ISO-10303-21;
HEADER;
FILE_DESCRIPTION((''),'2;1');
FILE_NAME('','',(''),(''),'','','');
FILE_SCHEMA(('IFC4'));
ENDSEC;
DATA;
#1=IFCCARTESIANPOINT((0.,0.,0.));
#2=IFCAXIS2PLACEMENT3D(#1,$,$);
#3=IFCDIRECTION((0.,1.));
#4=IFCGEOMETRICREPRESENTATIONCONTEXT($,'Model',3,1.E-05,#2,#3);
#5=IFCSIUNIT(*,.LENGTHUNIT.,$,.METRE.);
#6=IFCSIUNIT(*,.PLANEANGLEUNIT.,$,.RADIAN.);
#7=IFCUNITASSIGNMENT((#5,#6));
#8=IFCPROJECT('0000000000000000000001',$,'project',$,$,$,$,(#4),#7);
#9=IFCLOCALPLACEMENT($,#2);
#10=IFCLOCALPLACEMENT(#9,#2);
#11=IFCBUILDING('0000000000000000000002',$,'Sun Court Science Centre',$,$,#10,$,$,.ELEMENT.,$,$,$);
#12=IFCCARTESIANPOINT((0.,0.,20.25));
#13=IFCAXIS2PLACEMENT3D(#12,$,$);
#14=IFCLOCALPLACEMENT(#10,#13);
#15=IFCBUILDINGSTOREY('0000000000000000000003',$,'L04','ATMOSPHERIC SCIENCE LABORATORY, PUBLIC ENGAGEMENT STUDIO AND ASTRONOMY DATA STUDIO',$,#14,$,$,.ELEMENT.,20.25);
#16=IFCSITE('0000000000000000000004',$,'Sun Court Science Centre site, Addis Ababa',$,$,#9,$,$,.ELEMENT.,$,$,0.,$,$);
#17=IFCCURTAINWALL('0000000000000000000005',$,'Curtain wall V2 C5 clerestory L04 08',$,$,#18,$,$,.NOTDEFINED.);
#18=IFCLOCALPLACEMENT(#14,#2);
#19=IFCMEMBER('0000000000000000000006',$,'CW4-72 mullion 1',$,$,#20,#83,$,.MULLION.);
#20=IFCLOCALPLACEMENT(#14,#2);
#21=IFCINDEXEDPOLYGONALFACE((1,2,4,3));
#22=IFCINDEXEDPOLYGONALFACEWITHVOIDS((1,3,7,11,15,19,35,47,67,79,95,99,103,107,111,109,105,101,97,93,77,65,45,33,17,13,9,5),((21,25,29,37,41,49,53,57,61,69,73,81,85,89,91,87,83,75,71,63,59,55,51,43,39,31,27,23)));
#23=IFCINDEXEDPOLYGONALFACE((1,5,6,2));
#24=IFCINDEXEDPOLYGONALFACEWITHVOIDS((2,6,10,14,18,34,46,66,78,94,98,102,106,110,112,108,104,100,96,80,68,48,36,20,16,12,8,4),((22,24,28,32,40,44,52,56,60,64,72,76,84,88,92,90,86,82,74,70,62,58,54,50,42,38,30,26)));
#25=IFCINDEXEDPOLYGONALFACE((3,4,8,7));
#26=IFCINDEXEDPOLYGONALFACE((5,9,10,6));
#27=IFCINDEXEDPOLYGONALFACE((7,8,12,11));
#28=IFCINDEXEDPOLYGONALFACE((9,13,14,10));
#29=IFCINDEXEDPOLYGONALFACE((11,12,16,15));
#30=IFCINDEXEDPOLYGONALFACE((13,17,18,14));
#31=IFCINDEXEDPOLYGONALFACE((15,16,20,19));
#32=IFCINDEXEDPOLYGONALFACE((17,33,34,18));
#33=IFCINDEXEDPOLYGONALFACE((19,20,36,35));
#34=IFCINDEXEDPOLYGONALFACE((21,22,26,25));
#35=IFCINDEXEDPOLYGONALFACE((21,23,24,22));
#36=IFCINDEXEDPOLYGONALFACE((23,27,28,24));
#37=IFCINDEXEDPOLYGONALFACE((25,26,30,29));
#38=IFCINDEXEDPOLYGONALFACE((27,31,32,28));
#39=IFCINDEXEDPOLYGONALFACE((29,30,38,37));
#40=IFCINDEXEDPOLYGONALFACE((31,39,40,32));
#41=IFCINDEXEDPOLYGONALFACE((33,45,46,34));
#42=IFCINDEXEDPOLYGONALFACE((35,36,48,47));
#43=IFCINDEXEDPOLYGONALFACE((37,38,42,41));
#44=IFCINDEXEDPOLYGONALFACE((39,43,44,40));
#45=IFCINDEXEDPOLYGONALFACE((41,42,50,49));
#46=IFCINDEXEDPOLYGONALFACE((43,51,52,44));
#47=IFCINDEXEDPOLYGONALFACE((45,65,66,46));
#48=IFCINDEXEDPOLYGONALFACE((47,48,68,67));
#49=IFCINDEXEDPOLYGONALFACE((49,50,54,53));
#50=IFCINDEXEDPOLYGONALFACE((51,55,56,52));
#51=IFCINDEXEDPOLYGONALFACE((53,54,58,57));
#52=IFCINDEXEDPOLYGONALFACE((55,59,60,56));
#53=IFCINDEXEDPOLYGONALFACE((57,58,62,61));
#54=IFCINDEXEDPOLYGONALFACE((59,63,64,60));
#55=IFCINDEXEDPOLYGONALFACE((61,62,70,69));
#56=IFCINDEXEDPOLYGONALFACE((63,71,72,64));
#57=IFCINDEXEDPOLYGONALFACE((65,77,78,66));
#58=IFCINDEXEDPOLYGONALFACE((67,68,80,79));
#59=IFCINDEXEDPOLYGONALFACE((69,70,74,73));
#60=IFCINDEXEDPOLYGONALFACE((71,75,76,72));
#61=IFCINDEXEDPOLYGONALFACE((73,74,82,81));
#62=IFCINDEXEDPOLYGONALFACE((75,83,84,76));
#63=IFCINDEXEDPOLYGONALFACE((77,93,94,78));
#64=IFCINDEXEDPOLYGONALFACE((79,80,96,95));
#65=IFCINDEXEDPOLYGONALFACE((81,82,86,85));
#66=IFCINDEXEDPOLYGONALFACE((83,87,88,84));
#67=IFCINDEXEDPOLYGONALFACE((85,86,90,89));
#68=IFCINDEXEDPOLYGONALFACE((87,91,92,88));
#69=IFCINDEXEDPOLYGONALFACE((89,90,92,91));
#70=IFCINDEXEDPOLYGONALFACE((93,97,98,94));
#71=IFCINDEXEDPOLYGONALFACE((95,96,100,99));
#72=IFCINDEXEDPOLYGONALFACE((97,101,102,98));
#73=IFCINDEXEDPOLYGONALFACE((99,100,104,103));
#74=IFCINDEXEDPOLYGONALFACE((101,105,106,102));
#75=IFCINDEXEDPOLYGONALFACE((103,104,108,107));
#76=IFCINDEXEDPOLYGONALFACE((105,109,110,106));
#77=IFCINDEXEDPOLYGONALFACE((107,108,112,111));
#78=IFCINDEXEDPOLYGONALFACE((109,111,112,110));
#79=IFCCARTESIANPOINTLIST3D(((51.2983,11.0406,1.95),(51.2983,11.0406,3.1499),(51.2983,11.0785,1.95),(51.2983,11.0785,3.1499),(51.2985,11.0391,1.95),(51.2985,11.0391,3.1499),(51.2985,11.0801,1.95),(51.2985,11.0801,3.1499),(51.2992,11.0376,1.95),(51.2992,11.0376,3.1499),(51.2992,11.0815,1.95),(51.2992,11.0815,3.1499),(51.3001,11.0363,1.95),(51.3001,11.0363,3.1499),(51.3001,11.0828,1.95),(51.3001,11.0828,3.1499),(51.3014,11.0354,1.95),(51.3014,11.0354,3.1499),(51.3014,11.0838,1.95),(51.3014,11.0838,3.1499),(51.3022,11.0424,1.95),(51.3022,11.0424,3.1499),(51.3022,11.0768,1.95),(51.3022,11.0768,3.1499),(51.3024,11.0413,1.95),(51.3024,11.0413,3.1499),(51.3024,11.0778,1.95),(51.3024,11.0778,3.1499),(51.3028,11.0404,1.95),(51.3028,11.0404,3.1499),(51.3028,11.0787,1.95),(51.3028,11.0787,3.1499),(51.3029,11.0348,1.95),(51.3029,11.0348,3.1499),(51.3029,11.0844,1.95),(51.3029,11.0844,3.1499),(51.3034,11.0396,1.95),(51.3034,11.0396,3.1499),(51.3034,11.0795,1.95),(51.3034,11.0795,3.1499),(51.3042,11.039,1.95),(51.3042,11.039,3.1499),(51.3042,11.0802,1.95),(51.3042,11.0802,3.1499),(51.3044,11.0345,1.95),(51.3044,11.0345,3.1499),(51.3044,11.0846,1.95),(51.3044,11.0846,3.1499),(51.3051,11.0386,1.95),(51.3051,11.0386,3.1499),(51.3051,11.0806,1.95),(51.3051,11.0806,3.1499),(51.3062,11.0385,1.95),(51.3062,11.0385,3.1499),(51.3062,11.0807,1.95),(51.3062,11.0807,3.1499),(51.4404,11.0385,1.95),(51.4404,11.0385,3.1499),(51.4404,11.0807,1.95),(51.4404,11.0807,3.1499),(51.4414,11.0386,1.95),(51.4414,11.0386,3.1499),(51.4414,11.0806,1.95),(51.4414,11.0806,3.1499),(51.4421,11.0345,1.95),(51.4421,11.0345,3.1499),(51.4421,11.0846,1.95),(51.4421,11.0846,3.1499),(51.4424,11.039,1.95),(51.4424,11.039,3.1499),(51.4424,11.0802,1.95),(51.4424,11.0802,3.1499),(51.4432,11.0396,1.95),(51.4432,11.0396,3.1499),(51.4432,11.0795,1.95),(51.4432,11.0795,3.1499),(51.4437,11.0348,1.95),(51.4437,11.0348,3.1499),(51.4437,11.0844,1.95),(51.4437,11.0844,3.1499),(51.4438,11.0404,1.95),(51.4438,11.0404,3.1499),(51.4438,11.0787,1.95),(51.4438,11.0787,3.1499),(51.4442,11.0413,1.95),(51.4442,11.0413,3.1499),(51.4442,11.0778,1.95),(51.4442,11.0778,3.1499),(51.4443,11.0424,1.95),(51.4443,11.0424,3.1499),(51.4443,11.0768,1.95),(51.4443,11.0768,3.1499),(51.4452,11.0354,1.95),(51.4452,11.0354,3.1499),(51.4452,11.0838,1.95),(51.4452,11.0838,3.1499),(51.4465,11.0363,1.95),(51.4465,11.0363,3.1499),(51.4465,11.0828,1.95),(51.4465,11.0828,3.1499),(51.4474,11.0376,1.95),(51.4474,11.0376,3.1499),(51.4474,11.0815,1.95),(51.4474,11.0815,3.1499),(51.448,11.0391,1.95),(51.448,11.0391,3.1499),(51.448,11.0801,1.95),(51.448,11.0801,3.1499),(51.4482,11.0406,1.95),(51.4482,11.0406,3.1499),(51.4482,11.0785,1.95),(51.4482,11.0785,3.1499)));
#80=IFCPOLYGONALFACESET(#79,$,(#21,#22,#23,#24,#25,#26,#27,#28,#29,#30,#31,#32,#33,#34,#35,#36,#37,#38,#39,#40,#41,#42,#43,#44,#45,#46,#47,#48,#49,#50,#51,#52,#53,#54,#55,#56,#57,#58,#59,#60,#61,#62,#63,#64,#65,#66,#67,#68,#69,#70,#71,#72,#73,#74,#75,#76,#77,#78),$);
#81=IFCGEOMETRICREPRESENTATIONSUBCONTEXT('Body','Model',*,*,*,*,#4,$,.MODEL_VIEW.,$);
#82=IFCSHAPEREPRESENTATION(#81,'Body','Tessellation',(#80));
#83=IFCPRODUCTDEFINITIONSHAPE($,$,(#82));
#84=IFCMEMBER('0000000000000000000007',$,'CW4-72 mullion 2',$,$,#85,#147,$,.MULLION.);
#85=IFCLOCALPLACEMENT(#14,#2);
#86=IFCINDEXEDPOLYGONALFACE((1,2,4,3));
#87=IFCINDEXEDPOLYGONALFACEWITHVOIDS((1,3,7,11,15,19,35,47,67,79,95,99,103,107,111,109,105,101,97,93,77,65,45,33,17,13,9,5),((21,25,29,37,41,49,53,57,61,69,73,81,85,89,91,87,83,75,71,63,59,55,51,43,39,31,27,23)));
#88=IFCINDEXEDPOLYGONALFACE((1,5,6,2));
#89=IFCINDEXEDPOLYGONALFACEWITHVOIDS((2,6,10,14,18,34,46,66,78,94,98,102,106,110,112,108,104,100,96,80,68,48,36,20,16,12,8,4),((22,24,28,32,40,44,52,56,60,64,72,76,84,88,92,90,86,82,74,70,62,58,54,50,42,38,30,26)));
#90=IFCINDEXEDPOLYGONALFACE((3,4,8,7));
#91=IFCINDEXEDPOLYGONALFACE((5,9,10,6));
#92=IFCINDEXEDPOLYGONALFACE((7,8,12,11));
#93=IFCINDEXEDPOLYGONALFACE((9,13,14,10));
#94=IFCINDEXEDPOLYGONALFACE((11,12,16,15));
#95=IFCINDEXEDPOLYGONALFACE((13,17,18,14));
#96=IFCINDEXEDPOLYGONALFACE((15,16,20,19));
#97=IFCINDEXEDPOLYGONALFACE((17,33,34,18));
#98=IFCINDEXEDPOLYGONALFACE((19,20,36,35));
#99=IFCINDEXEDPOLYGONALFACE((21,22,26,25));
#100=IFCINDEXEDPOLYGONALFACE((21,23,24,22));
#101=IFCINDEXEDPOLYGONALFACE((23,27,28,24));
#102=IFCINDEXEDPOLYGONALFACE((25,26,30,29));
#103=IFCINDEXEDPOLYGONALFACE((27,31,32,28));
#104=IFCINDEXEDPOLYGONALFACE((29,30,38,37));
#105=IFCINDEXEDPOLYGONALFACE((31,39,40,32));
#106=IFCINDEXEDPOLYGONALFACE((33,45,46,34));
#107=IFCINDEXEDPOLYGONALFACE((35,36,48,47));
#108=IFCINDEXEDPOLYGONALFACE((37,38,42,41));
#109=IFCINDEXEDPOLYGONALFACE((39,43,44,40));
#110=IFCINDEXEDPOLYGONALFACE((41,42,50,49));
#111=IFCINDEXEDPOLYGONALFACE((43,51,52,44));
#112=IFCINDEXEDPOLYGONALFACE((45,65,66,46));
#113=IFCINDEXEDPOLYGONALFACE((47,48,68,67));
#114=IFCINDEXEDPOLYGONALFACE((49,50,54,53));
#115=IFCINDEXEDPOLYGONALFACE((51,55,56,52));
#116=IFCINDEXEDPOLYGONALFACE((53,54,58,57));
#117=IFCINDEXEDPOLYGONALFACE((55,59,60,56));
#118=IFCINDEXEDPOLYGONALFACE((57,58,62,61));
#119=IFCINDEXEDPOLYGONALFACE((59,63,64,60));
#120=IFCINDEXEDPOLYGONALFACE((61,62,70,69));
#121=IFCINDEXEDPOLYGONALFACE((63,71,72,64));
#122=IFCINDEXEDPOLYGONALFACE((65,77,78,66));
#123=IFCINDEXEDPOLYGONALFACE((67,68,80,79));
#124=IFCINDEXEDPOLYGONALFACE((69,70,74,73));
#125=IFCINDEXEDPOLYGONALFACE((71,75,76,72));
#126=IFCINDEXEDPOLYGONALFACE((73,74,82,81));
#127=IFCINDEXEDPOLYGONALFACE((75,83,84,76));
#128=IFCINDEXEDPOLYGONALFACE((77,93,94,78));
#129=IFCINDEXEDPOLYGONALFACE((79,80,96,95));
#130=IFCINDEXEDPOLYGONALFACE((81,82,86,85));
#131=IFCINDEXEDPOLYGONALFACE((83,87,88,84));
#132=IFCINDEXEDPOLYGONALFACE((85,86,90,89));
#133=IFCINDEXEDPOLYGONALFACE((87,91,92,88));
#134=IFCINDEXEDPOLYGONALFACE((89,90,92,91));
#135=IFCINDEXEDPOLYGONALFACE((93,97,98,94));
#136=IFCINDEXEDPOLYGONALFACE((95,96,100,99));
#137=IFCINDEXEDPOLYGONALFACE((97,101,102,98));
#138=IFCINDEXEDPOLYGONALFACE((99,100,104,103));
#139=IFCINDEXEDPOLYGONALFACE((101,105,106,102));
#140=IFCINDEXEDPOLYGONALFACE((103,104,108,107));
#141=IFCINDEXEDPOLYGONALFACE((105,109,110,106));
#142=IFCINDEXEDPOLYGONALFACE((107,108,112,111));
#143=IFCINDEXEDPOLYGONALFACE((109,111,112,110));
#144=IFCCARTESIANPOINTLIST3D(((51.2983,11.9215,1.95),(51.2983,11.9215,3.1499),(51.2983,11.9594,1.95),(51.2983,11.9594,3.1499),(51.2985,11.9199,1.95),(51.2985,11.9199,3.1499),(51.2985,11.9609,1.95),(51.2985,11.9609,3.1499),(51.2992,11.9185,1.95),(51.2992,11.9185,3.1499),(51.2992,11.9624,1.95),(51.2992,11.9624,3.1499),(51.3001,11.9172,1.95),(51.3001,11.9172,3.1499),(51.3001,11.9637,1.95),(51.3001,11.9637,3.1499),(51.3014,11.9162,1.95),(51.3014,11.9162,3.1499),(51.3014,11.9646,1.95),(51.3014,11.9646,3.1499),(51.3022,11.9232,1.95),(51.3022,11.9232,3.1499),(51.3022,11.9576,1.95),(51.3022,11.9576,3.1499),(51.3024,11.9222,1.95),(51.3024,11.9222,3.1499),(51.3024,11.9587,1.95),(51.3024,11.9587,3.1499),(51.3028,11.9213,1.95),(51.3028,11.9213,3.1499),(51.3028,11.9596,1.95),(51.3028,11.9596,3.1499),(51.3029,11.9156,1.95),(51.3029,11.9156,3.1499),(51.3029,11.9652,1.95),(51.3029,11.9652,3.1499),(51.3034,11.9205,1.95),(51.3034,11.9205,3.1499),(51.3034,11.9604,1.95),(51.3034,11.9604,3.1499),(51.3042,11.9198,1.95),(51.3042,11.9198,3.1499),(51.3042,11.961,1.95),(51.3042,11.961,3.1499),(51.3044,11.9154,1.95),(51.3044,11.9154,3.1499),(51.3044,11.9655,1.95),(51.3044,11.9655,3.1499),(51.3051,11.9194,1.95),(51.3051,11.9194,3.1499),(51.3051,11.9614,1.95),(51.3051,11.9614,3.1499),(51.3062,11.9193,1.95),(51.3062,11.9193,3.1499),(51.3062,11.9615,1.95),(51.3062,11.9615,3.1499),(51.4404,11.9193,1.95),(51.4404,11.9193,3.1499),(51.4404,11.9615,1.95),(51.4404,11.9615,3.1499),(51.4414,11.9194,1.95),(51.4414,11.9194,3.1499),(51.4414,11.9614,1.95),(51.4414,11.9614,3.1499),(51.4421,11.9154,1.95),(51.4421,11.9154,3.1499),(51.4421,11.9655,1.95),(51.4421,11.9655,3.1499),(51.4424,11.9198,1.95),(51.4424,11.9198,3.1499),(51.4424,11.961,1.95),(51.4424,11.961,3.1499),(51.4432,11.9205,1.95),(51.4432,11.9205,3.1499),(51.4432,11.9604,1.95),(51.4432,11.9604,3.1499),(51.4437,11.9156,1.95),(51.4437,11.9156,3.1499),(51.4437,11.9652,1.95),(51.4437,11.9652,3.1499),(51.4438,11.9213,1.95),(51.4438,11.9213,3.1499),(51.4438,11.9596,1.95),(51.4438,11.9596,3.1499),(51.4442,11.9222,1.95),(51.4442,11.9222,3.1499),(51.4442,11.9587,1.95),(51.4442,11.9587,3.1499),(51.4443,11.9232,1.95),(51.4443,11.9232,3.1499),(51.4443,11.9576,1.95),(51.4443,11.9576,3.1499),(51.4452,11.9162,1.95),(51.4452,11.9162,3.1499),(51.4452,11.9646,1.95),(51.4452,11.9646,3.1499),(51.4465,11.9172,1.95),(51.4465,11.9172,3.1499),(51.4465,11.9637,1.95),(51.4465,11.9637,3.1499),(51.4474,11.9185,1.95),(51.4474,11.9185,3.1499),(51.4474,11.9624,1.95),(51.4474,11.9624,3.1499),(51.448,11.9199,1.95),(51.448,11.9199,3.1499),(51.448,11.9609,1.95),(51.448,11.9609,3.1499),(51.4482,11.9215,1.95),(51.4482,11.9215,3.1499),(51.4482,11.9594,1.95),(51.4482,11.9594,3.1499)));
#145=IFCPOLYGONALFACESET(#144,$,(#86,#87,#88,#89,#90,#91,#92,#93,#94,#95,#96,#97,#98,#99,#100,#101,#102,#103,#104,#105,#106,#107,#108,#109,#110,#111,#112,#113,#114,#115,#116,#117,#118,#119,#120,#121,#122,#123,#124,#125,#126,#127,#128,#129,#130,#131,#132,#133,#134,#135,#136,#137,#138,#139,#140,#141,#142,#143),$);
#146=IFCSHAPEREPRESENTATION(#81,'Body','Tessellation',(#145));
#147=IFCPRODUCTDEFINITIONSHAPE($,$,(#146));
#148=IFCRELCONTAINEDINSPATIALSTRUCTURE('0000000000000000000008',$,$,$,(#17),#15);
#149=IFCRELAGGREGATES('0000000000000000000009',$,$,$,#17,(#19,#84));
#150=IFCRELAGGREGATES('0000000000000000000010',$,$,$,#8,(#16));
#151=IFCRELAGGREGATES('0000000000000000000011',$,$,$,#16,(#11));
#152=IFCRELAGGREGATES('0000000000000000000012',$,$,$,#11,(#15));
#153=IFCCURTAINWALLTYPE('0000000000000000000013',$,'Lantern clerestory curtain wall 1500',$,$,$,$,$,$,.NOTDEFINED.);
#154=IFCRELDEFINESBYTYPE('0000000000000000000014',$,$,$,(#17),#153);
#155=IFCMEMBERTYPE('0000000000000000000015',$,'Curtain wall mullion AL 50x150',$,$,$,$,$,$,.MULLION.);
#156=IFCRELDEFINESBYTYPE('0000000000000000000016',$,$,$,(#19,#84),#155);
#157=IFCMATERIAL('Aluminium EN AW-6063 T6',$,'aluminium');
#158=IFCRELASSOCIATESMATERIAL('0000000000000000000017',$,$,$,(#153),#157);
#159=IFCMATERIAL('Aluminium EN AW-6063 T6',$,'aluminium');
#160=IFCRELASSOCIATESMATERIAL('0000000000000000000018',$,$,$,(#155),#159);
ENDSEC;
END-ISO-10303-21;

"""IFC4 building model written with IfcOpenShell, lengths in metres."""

from ifc_helpers import new_model, si_unit, direction, frame, origin, origin_2d, place, context, subcontext, project, spatial, hollow_rectangle, extrude, material, material_profile, profile_set, type_object, element, aggregate, save


model = new_model("IFC4")

# Units and contexts
model_context = context("Model", 3, precision=1e-05, world=origin(), true_north=direction((0.0, 1.0)))
body_context = subcontext(model_context, "Body", "Model", "MODEL_VIEW")
ifc_project = project(units=[si_unit("LENGTHUNIT", "METRE"), si_unit("PLANEANGLEUNIT", "RADIAN")], contexts=[model_context])

# Site, building, storey
site_placement = place(None, origin())
site = spatial("IfcSite", under=ifc_project, at=site_placement, Name="Sun Court Science Centre site, Addis Ababa", CompositionType="ELEMENT", RefElevation=0.0)
building_placement = place(site_placement, origin())
building = spatial("IfcBuilding", under=site, at=building_placement, Name="Sun Court Science Centre", CompositionType="ELEMENT")
storey_placement = place(building_placement, frame((0.0, 0.0, 20.25)))
storey = spatial("IfcBuildingStorey", under=building, at=storey_placement, Name="L04", Description="ATMOSPHERIC SCIENCE LABORATORY, PUBLIC ENGAGEMENT STUDIO AND ASTRONOMY DATA STUDIO", CompositionType="ELEMENT", Elevation=20.25)

# Curtain wall, members
ifc_material_1 = material(Name="Aluminium EN AW-6063 T6", Category="aluminium")
curtain_wall_type = type_object("IfcCurtainWallType", Name="Lantern clerestory curtain wall 1500", PredefinedType="NOTDEFINED", material=ifc_material_1)
curtain_wall_1_placement = place(storey_placement, origin())
curtain_wall_1 = element("IfcCurtainWall", 1, at=curtain_wall_1_placement, inside=storey, type_object=curtain_wall_type, Name="Curtain wall V2 C5 clerestory L04 08", PredefinedType="NOTDEFINED")
ifc_material_2 = material(Name="Aluminium EN AW-6063 T6", Category="aluminium")
ifc_material_profile_1 = material_profile(ifc_material_2, hollow_rectangle(XDim=0.05, YDim=0.1499, WallThickness=0.0039, InnerFilletRadius=0.0039, OuterFilletRadius=0.0061, at=origin_2d()), Name="AL 50x150x4")
ifc_profile_set_1 = profile_set([ifc_material_profile_1], Name="Aluminium EN AW-6063 T6")
member_type_1 = type_object("IfcMemberType", Name="Curtain wall mullion AL 50x150", PredefinedType="MULLION", material=ifc_profile_set_1)
member_1_placement = place(storey_placement, frame((51.3733, 11.0596, 1.95), z_axis=(0.0, 0.0, 1.0), x_axis=(0.0, 1.0, 0.0)))
member_1 = element("IfcMember", 2, at=member_1_placement, type_object=member_type_1, Name="CW4-72 mullion 1", PredefinedType="MULLION", context=body_context, shape_type="SweptSolid", body=[
    extrude(hollow_rectangle(XDim=0.05, YDim=0.1499, WallThickness=0.0039, InnerFilletRadius=0.0039, OuterFilletRadius=0.0061, at=origin_2d()), origin(), (0.0, 0.0, 1.0), 1.2),
])
member_2_placement = place(storey_placement, frame((51.3733, 11.9404, 1.95), z_axis=(0.0, 0.0, 1.0), x_axis=(0.0, 1.0, 0.0)))
member_2 = element("IfcMember", 3, at=member_2_placement, type_object=member_type_1, Name="CW4-72 mullion 2", PredefinedType="MULLION", context=body_context, shape_type="SweptSolid", body=[
    extrude(hollow_rectangle(XDim=0.05, YDim=0.1499, WallThickness=0.0039, InnerFilletRadius=0.0039, OuterFilletRadius=0.0061, at=origin_2d()), origin(), (0.0, 0.0, 1.0), 1.2),
])

aggregate(curtain_wall_1, [member_1, member_2])

save(model, "model.ifc")
